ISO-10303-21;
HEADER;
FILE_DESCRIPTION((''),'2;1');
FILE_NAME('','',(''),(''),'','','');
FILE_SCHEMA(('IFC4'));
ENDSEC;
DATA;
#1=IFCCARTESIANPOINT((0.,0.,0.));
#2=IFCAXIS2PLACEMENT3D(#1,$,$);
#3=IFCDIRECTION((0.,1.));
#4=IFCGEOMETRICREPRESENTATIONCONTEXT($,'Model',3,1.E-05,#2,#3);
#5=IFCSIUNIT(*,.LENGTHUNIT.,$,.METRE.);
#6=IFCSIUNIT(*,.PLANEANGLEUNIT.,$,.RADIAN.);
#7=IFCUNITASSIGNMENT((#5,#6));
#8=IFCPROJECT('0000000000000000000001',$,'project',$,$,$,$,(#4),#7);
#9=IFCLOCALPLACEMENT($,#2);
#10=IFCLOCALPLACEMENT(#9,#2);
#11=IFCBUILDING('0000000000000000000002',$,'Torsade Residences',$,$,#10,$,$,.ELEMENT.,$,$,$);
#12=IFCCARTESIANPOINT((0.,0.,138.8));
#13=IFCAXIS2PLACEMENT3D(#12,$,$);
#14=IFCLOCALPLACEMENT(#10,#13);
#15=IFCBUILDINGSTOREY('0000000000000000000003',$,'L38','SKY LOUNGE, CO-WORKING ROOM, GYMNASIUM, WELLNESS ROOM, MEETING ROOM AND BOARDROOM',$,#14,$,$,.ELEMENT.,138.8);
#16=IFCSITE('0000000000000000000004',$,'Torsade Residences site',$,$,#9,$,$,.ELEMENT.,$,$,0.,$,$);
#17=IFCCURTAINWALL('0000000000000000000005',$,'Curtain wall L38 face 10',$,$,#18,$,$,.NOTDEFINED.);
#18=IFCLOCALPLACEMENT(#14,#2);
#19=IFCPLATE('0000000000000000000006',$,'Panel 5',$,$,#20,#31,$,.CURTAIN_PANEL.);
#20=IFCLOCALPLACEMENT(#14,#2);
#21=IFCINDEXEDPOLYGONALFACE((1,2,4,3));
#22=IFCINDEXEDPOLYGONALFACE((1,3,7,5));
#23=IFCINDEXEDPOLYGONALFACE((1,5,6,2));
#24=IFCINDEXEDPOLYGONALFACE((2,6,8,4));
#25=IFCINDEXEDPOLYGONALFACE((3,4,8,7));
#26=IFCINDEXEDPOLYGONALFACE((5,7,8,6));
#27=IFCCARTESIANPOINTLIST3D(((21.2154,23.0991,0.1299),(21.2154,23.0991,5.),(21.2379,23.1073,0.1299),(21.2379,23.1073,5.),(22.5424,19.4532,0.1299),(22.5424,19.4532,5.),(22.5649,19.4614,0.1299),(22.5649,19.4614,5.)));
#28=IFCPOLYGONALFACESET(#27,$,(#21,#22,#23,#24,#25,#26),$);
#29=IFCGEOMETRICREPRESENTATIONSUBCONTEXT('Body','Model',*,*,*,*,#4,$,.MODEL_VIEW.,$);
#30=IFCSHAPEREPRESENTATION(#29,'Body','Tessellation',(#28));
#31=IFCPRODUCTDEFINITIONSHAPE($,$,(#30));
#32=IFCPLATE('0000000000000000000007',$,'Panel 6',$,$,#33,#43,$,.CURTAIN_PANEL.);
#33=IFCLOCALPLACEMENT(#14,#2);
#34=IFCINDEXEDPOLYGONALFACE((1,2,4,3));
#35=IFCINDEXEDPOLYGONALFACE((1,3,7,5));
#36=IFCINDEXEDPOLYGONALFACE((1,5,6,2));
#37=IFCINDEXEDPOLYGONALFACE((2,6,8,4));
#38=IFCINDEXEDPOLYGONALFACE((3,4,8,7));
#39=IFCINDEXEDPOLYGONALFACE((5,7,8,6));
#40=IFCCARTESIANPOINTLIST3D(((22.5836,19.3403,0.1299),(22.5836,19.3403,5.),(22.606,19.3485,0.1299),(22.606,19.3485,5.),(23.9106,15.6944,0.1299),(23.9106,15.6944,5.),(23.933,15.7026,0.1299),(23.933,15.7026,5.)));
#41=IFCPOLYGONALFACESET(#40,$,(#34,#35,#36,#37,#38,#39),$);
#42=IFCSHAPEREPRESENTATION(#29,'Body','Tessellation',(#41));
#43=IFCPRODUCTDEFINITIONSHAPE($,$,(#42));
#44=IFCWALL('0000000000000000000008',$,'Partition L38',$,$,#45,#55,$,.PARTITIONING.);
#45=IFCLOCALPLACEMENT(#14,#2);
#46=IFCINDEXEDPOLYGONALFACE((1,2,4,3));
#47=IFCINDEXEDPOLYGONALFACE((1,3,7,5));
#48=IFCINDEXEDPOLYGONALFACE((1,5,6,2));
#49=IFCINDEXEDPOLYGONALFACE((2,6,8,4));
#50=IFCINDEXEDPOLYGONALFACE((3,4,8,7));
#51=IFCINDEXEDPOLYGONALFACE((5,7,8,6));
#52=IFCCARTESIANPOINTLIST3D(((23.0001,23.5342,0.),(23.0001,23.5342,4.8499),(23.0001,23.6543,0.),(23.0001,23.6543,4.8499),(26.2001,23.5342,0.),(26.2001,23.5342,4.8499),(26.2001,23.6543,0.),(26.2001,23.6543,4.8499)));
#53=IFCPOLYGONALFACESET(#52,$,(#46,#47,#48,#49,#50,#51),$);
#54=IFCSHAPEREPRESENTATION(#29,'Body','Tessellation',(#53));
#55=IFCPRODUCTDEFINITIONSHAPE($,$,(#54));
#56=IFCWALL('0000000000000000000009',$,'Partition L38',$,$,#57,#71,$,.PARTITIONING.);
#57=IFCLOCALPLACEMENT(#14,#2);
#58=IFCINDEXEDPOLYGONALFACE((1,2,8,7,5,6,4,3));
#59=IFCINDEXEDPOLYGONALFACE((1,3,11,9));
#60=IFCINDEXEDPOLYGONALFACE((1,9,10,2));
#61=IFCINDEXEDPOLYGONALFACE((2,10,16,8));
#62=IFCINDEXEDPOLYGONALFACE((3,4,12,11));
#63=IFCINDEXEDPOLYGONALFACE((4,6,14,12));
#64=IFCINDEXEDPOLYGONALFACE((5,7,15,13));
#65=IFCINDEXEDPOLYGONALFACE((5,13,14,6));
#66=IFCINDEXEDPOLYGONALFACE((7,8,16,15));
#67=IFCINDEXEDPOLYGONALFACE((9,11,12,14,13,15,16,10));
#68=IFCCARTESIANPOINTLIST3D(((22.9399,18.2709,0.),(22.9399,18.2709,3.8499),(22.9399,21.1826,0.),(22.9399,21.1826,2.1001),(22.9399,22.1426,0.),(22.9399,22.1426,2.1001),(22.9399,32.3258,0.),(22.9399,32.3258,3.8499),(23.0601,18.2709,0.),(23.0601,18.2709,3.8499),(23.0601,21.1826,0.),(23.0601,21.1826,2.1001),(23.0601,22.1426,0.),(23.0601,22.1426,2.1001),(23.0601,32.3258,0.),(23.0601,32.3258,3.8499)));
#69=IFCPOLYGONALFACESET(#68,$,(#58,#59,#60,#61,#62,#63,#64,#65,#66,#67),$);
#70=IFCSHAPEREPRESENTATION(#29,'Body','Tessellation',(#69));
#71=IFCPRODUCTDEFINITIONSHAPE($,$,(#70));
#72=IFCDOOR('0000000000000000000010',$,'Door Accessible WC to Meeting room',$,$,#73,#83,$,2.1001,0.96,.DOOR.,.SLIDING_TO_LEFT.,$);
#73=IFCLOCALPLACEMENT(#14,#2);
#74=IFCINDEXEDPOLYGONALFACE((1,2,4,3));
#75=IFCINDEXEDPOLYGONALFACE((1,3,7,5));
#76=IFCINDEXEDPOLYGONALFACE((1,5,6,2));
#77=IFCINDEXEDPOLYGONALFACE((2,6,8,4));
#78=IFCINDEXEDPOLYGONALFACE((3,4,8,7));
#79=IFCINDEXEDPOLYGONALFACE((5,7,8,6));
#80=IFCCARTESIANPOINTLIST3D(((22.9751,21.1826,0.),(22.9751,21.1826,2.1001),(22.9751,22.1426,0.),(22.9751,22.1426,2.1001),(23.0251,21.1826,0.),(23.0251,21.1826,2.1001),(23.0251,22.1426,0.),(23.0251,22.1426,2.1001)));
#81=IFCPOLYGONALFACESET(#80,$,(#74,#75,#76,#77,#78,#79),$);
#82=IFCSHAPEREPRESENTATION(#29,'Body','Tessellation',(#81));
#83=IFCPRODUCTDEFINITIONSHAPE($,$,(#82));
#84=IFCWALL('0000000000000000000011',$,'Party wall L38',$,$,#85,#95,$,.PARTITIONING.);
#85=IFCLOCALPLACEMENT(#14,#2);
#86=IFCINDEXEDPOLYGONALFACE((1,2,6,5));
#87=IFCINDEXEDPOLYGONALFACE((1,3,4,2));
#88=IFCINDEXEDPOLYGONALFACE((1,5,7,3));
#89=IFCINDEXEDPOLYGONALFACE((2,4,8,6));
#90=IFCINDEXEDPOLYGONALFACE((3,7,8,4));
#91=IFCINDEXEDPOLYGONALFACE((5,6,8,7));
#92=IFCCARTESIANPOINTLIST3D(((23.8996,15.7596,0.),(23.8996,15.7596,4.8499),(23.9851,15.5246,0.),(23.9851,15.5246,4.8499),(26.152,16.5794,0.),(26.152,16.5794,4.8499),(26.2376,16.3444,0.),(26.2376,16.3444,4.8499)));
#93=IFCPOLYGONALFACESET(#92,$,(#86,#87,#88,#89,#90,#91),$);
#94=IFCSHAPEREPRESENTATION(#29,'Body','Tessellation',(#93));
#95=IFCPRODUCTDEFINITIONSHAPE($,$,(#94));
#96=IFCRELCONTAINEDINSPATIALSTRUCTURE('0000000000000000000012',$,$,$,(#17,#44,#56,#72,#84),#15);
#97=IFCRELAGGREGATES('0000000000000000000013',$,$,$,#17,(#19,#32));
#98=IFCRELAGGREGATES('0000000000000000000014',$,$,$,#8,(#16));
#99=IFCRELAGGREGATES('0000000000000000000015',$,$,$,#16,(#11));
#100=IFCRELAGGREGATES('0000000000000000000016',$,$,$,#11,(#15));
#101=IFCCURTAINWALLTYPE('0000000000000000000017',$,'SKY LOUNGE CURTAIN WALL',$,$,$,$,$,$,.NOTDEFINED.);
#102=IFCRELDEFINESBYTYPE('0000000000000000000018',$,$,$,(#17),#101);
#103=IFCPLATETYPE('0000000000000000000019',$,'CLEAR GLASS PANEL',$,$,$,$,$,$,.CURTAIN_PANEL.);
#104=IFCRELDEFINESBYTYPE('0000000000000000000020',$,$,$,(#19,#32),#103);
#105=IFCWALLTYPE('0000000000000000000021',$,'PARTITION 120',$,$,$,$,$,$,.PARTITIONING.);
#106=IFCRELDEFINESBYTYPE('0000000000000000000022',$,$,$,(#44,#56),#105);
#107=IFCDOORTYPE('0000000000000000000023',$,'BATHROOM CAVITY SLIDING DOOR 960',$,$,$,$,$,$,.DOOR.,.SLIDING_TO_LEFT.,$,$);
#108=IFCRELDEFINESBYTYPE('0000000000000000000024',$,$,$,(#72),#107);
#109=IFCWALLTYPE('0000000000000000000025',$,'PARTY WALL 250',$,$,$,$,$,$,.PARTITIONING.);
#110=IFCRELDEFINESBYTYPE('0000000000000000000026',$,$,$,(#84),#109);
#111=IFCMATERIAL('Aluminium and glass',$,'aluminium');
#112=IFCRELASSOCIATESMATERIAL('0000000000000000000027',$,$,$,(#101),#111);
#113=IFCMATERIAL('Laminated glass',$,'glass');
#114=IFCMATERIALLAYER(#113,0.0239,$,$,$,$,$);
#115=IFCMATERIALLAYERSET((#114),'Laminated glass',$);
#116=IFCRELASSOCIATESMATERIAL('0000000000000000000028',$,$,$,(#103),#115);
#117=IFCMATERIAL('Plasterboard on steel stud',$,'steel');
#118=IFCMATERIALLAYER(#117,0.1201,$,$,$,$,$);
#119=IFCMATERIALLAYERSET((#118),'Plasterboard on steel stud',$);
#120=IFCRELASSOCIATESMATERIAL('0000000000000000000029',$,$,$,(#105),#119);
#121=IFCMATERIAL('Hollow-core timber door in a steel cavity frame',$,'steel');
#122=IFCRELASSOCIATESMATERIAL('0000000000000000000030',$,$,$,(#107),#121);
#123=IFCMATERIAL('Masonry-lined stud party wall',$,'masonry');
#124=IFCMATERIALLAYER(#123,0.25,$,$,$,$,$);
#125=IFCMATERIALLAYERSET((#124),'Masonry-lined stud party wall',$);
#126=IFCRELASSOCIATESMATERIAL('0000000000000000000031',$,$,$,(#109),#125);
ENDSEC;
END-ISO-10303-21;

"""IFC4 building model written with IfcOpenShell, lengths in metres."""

from ifc_helpers import new_model, si_unit, direction, frame, frame_2d, origin, origin_2d, place, context, subcontext, project, spatial, rectangle, extrude, material, layer, layer_set, type_object, element, fill, aggregate, save


model = new_model("IFC4")

# Units and contexts
model_context = context("Model", 3, precision=1e-05, world=origin(), true_north=direction((0.0, 1.0)))
body_context = subcontext(model_context, "Body", "Model", "MODEL_VIEW")
ifc_project = project(units=[si_unit("LENGTHUNIT", "METRE"), si_unit("PLANEANGLEUNIT", "RADIAN")], contexts=[model_context])

# Site, building, storey
site_placement = place(None, origin())
site = spatial("IfcSite", under=ifc_project, at=site_placement, Name="Torsade Residences site", CompositionType="ELEMENT", RefElevation=0.0)
building_placement = place(site_placement, origin())
building = spatial("IfcBuilding", under=site, at=building_placement, Name="Torsade Residences", CompositionType="ELEMENT")
storey_placement = place(building_placement, frame((0.0, 0.0, 138.8)))
storey = spatial("IfcBuildingStorey", under=building, at=storey_placement, Name="L38", Description="SKY LOUNGE, CO-WORKING ROOM, GYMNASIUM, WELLNESS ROOM, MEETING ROOM AND BOARDROOM", CompositionType="ELEMENT", Elevation=138.8)

# Curtain wall
ifc_material_1 = material(Name="Aluminium and glass", Category="aluminium")
curtain_wall_type = type_object("IfcCurtainWallType", Name="SKY LOUNGE CURTAIN WALL", PredefinedType="NOTDEFINED", material=ifc_material_1)
curtain_wall_placement = place(storey_placement, origin())
curtain_wall = element("IfcCurtainWall", 1, at=curtain_wall_placement, inside=storey, type_object=curtain_wall_type, Name="Curtain wall L38 face 10", PredefinedType="NOTDEFINED")

# Plates
ifc_material_2 = material(Name="Laminated glass", Category="glass")
ifc_layer_1 = layer(ifc_material_2, 0.0239)
ifc_layer_set_1 = layer_set([ifc_layer_1], Name="Laminated glass")
plate_type = type_object("IfcPlateType", Name="CLEAR GLASS PANEL", PredefinedType="CURTAIN_PANEL", material=ifc_layer_set_1)
plate_1_placement = place(storey_placement, frame((21.8901, 21.2803, 0.1299), z_axis=(0.0, 0.0, 1.0), x_axis=(0.34202, -0.939693, 0.0)))
plate_1 = element("IfcPlate", 2, at=plate_1_placement, type_object=plate_type, Name="Panel 5", PredefinedType="CURTAIN_PANEL", context=body_context, shape_type="SweptSolid", body=[
    extrude(rectangle(XDim=3.8799, YDim=0.0239, at=origin_2d()), origin(), (0.0, 0.0, 1.0), 4.8701),
])
plate_2_placement = place(storey_placement, frame((23.2583, 17.5215, 0.1299), z_axis=(0.0, 0.0, 1.0), x_axis=(0.34202, -0.939693, 0.0)))
plate_2 = element("IfcPlate", 3, at=plate_2_placement, type_object=plate_type, Name="Panel 6", PredefinedType="CURTAIN_PANEL", context=body_context, shape_type="SweptSolid", body=[
    extrude(rectangle(XDim=3.8799, YDim=0.0239, at=origin_2d()), origin(), (0.0, 0.0, 1.0), 4.8701),
])
aggregate(curtain_wall, [plate_1, plate_2])

# Wall
ifc_material_3 = material(Name="Plasterboard on steel stud", Category="steel")
ifc_layer_2 = layer(ifc_material_3, 0.1201)
ifc_layer_set_2 = layer_set([ifc_layer_2], Name="Plasterboard on steel stud")
wall_type_1 = type_object("IfcWallType", Name="PARTITION 120", PredefinedType="PARTITIONING", material=ifc_layer_set_2)
wall_1_placement = place(storey_placement, frame((23.0, 23.5942, 0.0), z_axis=(0.0, 0.0, 1.0), x_axis=(1.0, 0.0, 0.0)))
element("IfcWall", 4, at=wall_1_placement, inside=storey, type_object=wall_type_1, Name="Partition L38", PredefinedType="PARTITIONING", context=body_context, shape_type="SweptSolid", body=[
    extrude(rectangle(XDim=3.2, YDim=0.1201, at=frame_2d((1.6001, 0.0))), origin(), (0.0, 0.0, 1.0), 4.8499),
])

# Wall, opening, door
wall_2_placement = place(storey_placement, frame((23.0, 18.271, 0.0), z_axis=(0.0, 0.0, 1.0), x_axis=(0.0, 1.0, 0.0)))
wall_2 = element("IfcWall", 5, at=wall_2_placement, inside=storey, type_object=wall_type_1, Name="Partition L38", PredefinedType="PARTITIONING", context=body_context, shape_type="SweptSolid", body=[
    extrude(rectangle(XDim=14.0549, YDim=0.1201, at=frame_2d((7.0273, 0.0))), origin(), (0.0, 0.0, 1.0), 3.8499),
])
opening_placement = place(wall_2_placement, frame((2.9116, 0.0, 0.0)))
opening = element("IfcOpeningElement", 6, at=opening_placement, cuts=wall_2, PredefinedType="OPENING", context=body_context, shape_type="SweptSolid", body=[
    extrude(rectangle(XDim=0.96, YDim=2.1001, at=frame_2d((0.48, 1.05))), frame((0.0, 0.0701, 0.0), z_axis=(0.0, -1.0, 0.0), x_axis=(1.0, 0.0, 0.0)), (0.0, 0.0, 1.0), 0.1401),
])
ifc_material_4 = material(Name="Hollow-core timber door in a steel cavity frame", Category="steel")
door_type = type_object("IfcDoorType", Name="BATHROOM CAVITY SLIDING DOOR 960", OperationType="SLIDING_TO_LEFT", PredefinedType="DOOR", material=ifc_material_4)
door_placement = place(opening_placement, origin())
door = element("IfcDoor", 7, at=door_placement, inside=storey, type_object=door_type, Name="Door Accessible WC to Meeting room", OperationType="SLIDING_TO_LEFT", OverallHeight=2.1001, OverallWidth=0.96, PredefinedType="DOOR", context=body_context, shape_type="SweptSolid", body=[
    extrude(rectangle(XDim=0.96, YDim=2.1001, at=frame_2d((0.48, 1.05))), frame((0.0, 0.0249, 0.0), z_axis=(0.0, -1.0, 0.0), x_axis=(1.0, 0.0, 0.0)), (0.0, 0.0, 1.0), 0.05),
])
fill(opening, door)

# Wall
ifc_material_5 = material(Name="Masonry-lined stud party wall", Category="masonry")
ifc_layer_3 = layer(ifc_material_5, 0.25)
ifc_layer_set_3 = layer_set([ifc_layer_3], Name="Masonry-lined stud party wall")
wall_type_2 = type_object("IfcWallType", Name="PARTY WALL 250", PredefinedType="PARTITIONING", material=ifc_layer_set_3)
wall_3_placement = place(storey_placement, frame((23.9424, 15.6421, 0.0), z_axis=(0.0, 0.0, 1.0), x_axis=(0.939692, 0.342021, 0.0)))
element("IfcWall", 8, at=wall_3_placement, inside=storey, type_object=wall_type_2, Name="Party wall L38", PredefinedType="PARTITIONING", context=body_context, shape_type="SweptSolid", body=[
    extrude(rectangle(XDim=2.397, YDim=0.25, at=frame_2d((1.1985, 0.0))), origin(), (0.0, 0.0, 1.0), 4.8499),
])

save(model, "model.ifc")
